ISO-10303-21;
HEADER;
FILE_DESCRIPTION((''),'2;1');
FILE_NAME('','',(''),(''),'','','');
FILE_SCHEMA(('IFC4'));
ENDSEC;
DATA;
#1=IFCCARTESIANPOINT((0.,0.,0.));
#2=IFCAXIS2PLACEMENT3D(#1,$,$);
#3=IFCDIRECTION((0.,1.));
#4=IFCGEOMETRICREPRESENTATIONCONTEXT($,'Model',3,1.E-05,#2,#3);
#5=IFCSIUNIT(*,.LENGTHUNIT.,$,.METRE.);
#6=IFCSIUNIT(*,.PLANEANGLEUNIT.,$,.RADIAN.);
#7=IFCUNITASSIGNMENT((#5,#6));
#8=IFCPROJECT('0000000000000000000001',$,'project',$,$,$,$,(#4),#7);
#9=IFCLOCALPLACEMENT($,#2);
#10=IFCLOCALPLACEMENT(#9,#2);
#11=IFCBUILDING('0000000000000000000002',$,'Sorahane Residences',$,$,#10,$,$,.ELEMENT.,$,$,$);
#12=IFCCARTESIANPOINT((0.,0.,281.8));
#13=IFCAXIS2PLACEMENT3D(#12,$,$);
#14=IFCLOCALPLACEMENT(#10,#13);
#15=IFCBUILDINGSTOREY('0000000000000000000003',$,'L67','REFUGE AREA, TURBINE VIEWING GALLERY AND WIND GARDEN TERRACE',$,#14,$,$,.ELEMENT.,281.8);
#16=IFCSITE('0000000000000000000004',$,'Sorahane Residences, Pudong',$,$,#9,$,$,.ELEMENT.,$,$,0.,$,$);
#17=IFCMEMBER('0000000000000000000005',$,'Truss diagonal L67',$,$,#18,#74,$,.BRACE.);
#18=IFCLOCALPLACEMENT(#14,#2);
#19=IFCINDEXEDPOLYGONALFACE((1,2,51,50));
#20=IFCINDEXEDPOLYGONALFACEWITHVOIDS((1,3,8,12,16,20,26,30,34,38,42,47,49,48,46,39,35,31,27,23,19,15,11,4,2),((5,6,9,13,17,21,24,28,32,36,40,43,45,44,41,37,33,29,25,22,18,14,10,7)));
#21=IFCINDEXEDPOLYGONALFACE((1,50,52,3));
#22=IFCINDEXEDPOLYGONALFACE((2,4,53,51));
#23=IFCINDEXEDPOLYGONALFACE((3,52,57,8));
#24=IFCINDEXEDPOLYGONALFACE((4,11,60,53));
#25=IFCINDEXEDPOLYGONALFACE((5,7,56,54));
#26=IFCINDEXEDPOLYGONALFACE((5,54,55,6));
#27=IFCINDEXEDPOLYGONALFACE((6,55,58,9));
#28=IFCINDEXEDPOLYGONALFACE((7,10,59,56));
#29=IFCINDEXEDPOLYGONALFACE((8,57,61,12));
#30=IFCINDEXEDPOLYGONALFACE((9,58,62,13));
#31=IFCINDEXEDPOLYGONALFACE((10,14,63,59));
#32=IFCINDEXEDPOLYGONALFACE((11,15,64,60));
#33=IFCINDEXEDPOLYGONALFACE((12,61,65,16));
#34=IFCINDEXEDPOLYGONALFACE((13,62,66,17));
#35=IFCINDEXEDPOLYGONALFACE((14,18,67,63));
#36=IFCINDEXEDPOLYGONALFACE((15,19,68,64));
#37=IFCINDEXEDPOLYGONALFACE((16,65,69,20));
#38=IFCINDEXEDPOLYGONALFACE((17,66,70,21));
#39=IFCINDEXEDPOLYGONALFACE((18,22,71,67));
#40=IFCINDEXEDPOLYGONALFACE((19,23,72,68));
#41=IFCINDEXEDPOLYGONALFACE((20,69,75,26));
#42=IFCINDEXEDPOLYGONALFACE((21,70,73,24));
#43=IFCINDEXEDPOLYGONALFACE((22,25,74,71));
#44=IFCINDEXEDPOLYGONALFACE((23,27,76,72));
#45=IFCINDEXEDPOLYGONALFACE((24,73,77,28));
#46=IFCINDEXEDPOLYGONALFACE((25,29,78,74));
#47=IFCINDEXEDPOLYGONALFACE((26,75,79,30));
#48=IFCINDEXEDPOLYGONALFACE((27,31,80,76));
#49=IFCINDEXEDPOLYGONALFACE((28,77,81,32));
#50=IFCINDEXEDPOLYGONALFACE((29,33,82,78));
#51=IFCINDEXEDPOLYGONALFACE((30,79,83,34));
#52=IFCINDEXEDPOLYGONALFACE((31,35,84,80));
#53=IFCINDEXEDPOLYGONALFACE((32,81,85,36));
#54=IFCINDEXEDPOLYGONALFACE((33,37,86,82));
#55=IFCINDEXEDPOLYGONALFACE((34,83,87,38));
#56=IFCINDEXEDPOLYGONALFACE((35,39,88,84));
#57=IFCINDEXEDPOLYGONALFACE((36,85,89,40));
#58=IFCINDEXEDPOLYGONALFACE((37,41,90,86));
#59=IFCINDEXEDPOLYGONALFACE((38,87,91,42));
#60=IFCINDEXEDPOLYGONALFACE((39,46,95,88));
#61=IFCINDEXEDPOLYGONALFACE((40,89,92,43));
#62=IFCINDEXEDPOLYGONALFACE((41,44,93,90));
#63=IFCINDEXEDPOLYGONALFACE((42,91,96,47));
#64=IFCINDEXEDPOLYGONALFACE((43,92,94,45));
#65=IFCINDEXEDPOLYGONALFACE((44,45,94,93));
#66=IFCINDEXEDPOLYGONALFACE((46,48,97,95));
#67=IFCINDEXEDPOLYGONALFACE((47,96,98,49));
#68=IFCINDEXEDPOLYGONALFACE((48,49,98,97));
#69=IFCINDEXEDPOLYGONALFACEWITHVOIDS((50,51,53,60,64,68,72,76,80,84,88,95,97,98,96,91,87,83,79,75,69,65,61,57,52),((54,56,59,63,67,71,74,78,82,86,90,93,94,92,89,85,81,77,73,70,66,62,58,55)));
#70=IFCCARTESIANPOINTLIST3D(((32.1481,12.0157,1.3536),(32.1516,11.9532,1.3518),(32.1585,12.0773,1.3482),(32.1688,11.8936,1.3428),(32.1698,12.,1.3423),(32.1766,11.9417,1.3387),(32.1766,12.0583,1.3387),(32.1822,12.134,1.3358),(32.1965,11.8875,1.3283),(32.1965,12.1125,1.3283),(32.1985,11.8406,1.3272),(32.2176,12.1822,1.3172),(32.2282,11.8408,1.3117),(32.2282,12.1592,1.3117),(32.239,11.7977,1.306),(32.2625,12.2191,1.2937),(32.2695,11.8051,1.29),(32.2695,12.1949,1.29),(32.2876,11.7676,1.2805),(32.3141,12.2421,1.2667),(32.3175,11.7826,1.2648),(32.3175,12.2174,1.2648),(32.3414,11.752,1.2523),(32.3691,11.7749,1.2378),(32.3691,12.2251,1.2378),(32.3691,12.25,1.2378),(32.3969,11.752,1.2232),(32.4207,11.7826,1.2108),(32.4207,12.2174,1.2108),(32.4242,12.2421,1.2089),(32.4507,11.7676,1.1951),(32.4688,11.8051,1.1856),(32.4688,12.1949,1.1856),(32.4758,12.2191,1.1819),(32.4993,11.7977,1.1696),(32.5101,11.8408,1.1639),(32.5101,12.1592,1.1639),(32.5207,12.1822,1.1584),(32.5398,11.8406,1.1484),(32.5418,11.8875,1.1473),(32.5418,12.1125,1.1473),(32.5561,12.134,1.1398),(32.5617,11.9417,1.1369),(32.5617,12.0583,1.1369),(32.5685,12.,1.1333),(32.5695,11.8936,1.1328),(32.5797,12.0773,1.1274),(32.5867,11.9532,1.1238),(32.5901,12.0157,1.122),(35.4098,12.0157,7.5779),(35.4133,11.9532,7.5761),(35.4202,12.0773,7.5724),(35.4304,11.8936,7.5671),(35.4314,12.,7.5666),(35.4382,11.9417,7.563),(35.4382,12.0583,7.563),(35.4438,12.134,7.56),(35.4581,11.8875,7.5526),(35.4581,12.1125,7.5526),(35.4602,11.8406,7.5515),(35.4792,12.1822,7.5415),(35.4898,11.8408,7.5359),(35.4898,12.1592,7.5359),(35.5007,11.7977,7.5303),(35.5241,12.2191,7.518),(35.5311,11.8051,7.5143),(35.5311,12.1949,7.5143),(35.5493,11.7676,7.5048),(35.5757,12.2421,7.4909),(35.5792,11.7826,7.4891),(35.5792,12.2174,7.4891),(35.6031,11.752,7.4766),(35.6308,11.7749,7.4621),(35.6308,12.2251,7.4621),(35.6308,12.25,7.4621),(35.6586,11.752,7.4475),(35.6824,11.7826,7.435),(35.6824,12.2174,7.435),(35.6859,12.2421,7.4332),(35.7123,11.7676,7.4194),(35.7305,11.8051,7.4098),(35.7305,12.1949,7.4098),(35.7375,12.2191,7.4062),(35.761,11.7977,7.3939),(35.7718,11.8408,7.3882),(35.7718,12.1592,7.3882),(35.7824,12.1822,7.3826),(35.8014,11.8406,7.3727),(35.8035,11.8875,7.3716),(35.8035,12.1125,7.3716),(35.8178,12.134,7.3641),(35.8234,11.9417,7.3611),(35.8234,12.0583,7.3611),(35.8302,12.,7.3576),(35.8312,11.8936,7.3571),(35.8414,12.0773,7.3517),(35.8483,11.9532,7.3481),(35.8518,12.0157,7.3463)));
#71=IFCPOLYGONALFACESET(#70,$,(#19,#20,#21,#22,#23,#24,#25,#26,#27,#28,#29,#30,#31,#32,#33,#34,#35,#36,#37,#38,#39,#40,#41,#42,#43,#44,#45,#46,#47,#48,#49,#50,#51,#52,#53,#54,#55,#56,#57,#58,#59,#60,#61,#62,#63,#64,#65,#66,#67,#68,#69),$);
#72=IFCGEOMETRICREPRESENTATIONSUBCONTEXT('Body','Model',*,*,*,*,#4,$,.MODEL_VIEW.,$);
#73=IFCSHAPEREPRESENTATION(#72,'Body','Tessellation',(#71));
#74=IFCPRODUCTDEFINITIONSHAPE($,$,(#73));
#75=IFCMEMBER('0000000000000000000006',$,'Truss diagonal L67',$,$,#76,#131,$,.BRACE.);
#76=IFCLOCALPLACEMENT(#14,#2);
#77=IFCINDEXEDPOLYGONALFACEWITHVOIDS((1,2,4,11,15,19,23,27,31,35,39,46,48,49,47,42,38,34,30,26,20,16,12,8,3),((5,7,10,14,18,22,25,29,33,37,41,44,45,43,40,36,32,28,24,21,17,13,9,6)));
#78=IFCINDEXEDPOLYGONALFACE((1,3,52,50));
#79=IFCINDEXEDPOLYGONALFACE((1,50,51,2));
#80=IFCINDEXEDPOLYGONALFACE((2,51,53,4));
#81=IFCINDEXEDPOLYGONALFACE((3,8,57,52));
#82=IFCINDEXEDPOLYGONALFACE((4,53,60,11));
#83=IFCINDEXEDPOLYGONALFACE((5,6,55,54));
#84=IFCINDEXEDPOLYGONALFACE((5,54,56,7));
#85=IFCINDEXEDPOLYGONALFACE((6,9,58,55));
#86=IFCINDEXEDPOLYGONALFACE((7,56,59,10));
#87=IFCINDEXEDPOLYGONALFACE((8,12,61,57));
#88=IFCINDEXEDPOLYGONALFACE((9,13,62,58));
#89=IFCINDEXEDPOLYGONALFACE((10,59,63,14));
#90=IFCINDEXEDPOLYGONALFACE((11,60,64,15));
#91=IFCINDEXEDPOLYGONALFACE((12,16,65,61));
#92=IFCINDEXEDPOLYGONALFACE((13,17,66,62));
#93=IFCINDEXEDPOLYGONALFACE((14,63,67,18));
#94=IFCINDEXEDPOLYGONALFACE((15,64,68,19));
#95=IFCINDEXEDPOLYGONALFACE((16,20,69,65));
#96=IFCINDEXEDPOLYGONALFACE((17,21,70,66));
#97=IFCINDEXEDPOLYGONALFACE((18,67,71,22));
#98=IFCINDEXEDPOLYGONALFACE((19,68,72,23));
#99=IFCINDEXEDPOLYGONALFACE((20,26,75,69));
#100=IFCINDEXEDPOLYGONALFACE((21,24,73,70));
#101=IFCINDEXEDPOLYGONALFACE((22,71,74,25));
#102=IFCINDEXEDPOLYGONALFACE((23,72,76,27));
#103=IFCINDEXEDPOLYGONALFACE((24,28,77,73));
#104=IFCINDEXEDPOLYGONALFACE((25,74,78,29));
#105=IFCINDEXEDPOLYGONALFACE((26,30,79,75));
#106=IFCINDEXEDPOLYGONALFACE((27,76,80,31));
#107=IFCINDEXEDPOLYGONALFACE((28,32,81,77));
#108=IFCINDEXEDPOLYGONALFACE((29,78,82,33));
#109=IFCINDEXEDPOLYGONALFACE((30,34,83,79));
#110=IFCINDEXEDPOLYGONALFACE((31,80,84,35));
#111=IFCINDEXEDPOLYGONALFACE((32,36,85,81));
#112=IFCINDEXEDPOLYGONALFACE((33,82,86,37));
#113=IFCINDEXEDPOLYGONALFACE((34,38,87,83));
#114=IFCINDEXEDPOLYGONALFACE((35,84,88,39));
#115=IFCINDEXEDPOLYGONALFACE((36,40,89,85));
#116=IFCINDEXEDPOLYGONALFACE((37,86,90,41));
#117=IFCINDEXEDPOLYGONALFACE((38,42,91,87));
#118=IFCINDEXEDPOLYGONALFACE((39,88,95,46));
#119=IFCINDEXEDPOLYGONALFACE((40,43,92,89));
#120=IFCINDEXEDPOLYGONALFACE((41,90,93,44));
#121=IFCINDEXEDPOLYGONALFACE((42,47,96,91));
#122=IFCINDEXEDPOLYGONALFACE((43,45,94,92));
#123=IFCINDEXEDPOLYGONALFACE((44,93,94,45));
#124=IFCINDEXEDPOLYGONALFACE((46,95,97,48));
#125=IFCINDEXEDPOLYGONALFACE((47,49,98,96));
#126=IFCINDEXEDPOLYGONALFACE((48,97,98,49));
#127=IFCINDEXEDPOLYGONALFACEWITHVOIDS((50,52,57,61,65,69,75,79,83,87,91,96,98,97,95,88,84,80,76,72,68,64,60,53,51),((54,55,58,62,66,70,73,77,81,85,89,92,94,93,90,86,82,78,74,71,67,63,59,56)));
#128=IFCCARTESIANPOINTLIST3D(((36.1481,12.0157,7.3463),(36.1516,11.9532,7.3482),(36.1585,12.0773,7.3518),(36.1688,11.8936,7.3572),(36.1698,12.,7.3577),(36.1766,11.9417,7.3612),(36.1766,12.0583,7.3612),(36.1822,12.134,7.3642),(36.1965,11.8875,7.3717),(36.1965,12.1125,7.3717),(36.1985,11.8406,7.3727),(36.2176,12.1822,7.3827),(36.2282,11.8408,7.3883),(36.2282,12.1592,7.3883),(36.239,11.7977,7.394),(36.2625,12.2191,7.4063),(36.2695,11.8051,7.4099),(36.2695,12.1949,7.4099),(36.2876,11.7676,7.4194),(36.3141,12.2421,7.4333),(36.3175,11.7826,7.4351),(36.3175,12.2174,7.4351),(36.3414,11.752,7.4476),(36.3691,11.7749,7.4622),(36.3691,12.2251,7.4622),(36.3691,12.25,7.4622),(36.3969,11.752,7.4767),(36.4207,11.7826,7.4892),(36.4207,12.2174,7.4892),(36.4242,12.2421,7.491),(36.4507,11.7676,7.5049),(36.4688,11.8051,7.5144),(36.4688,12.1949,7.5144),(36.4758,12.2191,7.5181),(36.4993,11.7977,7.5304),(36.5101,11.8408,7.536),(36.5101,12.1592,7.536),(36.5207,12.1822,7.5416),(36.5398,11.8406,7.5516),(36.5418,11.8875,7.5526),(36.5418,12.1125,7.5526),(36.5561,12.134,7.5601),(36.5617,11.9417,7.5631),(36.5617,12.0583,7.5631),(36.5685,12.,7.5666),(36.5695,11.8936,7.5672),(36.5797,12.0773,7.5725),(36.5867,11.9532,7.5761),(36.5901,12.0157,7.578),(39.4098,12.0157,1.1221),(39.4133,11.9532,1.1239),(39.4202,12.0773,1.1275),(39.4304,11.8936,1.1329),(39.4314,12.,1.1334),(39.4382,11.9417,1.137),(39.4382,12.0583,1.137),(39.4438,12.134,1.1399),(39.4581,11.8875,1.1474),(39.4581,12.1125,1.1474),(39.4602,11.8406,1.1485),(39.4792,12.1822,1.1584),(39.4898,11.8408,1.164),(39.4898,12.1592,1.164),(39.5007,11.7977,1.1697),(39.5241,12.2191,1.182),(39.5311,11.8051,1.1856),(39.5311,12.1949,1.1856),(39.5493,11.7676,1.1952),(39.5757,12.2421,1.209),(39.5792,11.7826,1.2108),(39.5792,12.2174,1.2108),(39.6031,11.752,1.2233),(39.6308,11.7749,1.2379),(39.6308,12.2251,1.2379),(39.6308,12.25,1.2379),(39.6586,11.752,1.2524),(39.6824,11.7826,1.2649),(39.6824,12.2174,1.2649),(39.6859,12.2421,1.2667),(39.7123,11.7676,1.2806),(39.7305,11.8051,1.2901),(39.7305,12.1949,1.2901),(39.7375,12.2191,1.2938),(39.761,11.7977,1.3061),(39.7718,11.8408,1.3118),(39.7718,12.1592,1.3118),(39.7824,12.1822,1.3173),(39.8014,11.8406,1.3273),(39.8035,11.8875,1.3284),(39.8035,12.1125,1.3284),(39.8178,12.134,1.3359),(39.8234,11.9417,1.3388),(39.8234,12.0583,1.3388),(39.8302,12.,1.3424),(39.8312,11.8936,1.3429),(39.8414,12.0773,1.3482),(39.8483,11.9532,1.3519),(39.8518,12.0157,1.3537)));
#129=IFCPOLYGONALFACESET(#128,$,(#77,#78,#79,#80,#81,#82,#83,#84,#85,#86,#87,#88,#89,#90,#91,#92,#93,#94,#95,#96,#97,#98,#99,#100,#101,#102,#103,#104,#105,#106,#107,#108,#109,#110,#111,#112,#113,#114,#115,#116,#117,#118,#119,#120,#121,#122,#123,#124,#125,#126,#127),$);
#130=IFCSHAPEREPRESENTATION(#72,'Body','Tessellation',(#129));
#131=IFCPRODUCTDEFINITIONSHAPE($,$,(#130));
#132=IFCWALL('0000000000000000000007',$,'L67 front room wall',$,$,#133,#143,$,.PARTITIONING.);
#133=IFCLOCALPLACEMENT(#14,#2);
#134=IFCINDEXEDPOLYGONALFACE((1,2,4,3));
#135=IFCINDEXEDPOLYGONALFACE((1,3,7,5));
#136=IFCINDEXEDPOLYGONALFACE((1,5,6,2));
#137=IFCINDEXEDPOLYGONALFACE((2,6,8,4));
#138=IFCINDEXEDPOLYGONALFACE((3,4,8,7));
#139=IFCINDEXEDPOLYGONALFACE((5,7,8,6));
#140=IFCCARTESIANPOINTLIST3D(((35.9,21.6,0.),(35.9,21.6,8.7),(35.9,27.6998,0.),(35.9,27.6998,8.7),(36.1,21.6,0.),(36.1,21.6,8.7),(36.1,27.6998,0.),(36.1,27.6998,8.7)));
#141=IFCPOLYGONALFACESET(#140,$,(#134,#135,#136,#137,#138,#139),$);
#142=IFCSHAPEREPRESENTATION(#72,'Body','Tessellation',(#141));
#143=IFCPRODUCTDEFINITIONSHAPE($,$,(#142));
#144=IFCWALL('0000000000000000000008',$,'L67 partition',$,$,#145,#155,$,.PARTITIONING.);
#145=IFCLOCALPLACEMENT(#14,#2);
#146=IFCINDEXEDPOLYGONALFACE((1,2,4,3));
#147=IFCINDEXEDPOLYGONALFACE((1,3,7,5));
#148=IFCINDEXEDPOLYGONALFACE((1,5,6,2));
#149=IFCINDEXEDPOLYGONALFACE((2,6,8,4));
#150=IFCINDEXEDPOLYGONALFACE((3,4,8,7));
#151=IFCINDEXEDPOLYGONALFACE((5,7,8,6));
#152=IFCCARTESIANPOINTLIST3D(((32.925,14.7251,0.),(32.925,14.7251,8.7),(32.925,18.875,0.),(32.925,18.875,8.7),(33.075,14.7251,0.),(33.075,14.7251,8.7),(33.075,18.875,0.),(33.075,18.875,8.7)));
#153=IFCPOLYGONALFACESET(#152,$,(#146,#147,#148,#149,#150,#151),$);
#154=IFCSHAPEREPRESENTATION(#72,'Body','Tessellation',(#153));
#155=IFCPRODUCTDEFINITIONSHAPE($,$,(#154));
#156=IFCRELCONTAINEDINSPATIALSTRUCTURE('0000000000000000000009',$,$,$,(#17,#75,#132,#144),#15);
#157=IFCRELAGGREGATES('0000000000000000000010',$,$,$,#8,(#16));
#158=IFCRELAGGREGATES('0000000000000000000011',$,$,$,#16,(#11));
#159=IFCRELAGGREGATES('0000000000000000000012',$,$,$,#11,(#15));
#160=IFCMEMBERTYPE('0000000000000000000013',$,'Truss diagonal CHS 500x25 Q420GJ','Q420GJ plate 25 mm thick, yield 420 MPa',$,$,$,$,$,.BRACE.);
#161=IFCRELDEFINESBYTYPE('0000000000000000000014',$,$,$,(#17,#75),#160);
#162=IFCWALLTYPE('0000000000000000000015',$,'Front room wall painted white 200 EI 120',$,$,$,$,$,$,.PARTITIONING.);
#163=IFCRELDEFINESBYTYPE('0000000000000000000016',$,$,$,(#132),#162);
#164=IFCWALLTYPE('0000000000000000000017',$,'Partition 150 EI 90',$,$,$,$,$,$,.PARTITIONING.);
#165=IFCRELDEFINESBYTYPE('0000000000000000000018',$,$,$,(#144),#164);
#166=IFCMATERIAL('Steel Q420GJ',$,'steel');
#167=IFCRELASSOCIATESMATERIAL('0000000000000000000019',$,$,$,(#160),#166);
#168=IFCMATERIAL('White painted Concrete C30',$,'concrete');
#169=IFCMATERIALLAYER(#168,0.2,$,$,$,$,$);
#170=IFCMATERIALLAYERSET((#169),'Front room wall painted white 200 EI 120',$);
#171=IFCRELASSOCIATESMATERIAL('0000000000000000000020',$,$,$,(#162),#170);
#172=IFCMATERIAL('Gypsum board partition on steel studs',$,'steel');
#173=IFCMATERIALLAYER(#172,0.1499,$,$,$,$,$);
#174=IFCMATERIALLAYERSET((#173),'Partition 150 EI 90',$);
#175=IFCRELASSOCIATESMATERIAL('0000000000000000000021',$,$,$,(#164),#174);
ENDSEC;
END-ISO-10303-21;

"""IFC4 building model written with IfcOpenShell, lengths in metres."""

from ifc_helpers import new_model, si_unit, direction, frame, frame_2d, origin, origin_2d, place, context, subcontext, project, spatial, rectangle, hollow_circle, extrude, material, layer, layer_set, material_profile, profile_set, type_object, element, save


model = new_model("IFC4")

# Units and contexts
model_context = context("Model", 3, precision=1e-05, world=origin(), true_north=direction((0.0, 1.0)))
body_context = subcontext(model_context, "Body", "Model", "MODEL_VIEW")
ifc_project = project(units=[si_unit("LENGTHUNIT", "METRE"), si_unit("PLANEANGLEUNIT", "RADIAN")], contexts=[model_context])

# Site, building, storey
site_placement = place(None, origin())
site = spatial("IfcSite", under=ifc_project, at=site_placement, Name="Sorahane Residences, Pudong", CompositionType="ELEMENT", RefElevation=0.0)
building_placement = place(site_placement, origin())
building = spatial("IfcBuilding", under=site, at=building_placement, Name="Sorahane Residences", CompositionType="ELEMENT")
storey_placement = place(building_placement, frame((0.0, 0.0, 281.8)))
storey = spatial("IfcBuildingStorey", under=building, at=storey_placement, Name="L67", Description="REFUGE AREA, TURBINE VIEWING GALLERY AND WIND GARDEN TERRACE", CompositionType="ELEMENT", Elevation=281.8)

# Members
ifc_material_1 = material(Name="Steel Q420GJ", Category="steel")
ifc_material_profile_1 = material_profile(ifc_material_1, hollow_circle(Radius=0.25, WallThickness=0.0249, at=origin_2d()), Name="CHS 500x25")
ifc_profile_set_1 = profile_set([ifc_material_profile_1], Name="Steel Q420GJ")
member_type = type_object("IfcMemberType", Name="Truss diagonal CHS 500x25 Q420GJ", Description="Q420GJ plate 25 mm thick, yield 420 MPa", PredefinedType="BRACE", material=ifc_profile_set_1)
for number, where, z_axis, x_axis, name in (
    (1, (32.3691, 12.0, 1.2378), (0.464156, 0.0, 0.885753), (0.0, 1.0, 0.0), "Truss diagonal L67"),
    (2, (36.3691, 12.0, 7.4622), (0.464156, 0.0, -0.885753), (0.0, 1.0, 0.0), "Truss diagonal L67"),
):
    element("IfcMember", number, at=place(storey_placement, frame(where, z_axis=z_axis, x_axis=x_axis)), inside=storey, type_object=member_type, Name=name, PredefinedType="BRACE", context=body_context, shape_type="SweptSolid", body=[
        extrude(hollow_circle(Radius=0.25, WallThickness=0.0249, at=origin_2d()), origin(), (0.0, 0.0, 1.0), 7.0271),
    ])

# Walls
ifc_material_2 = material(Name="White painted Concrete C30", Category="concrete")
ifc_layer_1 = layer(ifc_material_2, 0.2)
ifc_layer_set_1 = layer_set([ifc_layer_1], Name="Front room wall painted white 200 EI 120")
wall_type_1 = type_object("IfcWallType", Name="Front room wall painted white 200 EI 120", PredefinedType="PARTITIONING", material=ifc_layer_set_1)
wall_1_placement = place(storey_placement, frame((36.0, 21.6001, 0.0), z_axis=(0.0, 0.0, 1.0), x_axis=(0.0, 1.0, 0.0)))
element("IfcWall", 3, at=wall_1_placement, inside=storey, type_object=wall_type_1, Name="L67 front room wall", PredefinedType="PARTITIONING", context=body_context, shape_type="SweptSolid", body=[
    extrude(rectangle(XDim=6.0999, YDim=0.2, at=frame_2d((3.0498, 0.0))), origin(), (0.0, 0.0, 1.0), 8.7),
])
ifc_material_3 = material(Name="Gypsum board partition on steel studs", Category="steel")
ifc_layer_2 = layer(ifc_material_3, 0.1499)
ifc_layer_set_2 = layer_set([ifc_layer_2], Name="Partition 150 EI 90")
wall_type_2 = type_object("IfcWallType", Name="Partition 150 EI 90", PredefinedType="PARTITIONING", material=ifc_layer_set_2)
wall_2_placement = place(storey_placement, frame((33.0, 14.7251, 0.0), z_axis=(0.0, 0.0, 1.0), x_axis=(0.0, 1.0, 0.0)))
element("IfcWall", 4, at=wall_2_placement, inside=storey, type_object=wall_type_2, Name="L67 partition", PredefinedType="PARTITIONING", context=body_context, shape_type="SweptSolid", body=[
    extrude(rectangle(XDim=4.1499, YDim=0.1499, at=frame_2d((2.075, 0.0))), origin(), (0.0, 0.0, 1.0), 8.7),
])

save(model, "model.ifc")
